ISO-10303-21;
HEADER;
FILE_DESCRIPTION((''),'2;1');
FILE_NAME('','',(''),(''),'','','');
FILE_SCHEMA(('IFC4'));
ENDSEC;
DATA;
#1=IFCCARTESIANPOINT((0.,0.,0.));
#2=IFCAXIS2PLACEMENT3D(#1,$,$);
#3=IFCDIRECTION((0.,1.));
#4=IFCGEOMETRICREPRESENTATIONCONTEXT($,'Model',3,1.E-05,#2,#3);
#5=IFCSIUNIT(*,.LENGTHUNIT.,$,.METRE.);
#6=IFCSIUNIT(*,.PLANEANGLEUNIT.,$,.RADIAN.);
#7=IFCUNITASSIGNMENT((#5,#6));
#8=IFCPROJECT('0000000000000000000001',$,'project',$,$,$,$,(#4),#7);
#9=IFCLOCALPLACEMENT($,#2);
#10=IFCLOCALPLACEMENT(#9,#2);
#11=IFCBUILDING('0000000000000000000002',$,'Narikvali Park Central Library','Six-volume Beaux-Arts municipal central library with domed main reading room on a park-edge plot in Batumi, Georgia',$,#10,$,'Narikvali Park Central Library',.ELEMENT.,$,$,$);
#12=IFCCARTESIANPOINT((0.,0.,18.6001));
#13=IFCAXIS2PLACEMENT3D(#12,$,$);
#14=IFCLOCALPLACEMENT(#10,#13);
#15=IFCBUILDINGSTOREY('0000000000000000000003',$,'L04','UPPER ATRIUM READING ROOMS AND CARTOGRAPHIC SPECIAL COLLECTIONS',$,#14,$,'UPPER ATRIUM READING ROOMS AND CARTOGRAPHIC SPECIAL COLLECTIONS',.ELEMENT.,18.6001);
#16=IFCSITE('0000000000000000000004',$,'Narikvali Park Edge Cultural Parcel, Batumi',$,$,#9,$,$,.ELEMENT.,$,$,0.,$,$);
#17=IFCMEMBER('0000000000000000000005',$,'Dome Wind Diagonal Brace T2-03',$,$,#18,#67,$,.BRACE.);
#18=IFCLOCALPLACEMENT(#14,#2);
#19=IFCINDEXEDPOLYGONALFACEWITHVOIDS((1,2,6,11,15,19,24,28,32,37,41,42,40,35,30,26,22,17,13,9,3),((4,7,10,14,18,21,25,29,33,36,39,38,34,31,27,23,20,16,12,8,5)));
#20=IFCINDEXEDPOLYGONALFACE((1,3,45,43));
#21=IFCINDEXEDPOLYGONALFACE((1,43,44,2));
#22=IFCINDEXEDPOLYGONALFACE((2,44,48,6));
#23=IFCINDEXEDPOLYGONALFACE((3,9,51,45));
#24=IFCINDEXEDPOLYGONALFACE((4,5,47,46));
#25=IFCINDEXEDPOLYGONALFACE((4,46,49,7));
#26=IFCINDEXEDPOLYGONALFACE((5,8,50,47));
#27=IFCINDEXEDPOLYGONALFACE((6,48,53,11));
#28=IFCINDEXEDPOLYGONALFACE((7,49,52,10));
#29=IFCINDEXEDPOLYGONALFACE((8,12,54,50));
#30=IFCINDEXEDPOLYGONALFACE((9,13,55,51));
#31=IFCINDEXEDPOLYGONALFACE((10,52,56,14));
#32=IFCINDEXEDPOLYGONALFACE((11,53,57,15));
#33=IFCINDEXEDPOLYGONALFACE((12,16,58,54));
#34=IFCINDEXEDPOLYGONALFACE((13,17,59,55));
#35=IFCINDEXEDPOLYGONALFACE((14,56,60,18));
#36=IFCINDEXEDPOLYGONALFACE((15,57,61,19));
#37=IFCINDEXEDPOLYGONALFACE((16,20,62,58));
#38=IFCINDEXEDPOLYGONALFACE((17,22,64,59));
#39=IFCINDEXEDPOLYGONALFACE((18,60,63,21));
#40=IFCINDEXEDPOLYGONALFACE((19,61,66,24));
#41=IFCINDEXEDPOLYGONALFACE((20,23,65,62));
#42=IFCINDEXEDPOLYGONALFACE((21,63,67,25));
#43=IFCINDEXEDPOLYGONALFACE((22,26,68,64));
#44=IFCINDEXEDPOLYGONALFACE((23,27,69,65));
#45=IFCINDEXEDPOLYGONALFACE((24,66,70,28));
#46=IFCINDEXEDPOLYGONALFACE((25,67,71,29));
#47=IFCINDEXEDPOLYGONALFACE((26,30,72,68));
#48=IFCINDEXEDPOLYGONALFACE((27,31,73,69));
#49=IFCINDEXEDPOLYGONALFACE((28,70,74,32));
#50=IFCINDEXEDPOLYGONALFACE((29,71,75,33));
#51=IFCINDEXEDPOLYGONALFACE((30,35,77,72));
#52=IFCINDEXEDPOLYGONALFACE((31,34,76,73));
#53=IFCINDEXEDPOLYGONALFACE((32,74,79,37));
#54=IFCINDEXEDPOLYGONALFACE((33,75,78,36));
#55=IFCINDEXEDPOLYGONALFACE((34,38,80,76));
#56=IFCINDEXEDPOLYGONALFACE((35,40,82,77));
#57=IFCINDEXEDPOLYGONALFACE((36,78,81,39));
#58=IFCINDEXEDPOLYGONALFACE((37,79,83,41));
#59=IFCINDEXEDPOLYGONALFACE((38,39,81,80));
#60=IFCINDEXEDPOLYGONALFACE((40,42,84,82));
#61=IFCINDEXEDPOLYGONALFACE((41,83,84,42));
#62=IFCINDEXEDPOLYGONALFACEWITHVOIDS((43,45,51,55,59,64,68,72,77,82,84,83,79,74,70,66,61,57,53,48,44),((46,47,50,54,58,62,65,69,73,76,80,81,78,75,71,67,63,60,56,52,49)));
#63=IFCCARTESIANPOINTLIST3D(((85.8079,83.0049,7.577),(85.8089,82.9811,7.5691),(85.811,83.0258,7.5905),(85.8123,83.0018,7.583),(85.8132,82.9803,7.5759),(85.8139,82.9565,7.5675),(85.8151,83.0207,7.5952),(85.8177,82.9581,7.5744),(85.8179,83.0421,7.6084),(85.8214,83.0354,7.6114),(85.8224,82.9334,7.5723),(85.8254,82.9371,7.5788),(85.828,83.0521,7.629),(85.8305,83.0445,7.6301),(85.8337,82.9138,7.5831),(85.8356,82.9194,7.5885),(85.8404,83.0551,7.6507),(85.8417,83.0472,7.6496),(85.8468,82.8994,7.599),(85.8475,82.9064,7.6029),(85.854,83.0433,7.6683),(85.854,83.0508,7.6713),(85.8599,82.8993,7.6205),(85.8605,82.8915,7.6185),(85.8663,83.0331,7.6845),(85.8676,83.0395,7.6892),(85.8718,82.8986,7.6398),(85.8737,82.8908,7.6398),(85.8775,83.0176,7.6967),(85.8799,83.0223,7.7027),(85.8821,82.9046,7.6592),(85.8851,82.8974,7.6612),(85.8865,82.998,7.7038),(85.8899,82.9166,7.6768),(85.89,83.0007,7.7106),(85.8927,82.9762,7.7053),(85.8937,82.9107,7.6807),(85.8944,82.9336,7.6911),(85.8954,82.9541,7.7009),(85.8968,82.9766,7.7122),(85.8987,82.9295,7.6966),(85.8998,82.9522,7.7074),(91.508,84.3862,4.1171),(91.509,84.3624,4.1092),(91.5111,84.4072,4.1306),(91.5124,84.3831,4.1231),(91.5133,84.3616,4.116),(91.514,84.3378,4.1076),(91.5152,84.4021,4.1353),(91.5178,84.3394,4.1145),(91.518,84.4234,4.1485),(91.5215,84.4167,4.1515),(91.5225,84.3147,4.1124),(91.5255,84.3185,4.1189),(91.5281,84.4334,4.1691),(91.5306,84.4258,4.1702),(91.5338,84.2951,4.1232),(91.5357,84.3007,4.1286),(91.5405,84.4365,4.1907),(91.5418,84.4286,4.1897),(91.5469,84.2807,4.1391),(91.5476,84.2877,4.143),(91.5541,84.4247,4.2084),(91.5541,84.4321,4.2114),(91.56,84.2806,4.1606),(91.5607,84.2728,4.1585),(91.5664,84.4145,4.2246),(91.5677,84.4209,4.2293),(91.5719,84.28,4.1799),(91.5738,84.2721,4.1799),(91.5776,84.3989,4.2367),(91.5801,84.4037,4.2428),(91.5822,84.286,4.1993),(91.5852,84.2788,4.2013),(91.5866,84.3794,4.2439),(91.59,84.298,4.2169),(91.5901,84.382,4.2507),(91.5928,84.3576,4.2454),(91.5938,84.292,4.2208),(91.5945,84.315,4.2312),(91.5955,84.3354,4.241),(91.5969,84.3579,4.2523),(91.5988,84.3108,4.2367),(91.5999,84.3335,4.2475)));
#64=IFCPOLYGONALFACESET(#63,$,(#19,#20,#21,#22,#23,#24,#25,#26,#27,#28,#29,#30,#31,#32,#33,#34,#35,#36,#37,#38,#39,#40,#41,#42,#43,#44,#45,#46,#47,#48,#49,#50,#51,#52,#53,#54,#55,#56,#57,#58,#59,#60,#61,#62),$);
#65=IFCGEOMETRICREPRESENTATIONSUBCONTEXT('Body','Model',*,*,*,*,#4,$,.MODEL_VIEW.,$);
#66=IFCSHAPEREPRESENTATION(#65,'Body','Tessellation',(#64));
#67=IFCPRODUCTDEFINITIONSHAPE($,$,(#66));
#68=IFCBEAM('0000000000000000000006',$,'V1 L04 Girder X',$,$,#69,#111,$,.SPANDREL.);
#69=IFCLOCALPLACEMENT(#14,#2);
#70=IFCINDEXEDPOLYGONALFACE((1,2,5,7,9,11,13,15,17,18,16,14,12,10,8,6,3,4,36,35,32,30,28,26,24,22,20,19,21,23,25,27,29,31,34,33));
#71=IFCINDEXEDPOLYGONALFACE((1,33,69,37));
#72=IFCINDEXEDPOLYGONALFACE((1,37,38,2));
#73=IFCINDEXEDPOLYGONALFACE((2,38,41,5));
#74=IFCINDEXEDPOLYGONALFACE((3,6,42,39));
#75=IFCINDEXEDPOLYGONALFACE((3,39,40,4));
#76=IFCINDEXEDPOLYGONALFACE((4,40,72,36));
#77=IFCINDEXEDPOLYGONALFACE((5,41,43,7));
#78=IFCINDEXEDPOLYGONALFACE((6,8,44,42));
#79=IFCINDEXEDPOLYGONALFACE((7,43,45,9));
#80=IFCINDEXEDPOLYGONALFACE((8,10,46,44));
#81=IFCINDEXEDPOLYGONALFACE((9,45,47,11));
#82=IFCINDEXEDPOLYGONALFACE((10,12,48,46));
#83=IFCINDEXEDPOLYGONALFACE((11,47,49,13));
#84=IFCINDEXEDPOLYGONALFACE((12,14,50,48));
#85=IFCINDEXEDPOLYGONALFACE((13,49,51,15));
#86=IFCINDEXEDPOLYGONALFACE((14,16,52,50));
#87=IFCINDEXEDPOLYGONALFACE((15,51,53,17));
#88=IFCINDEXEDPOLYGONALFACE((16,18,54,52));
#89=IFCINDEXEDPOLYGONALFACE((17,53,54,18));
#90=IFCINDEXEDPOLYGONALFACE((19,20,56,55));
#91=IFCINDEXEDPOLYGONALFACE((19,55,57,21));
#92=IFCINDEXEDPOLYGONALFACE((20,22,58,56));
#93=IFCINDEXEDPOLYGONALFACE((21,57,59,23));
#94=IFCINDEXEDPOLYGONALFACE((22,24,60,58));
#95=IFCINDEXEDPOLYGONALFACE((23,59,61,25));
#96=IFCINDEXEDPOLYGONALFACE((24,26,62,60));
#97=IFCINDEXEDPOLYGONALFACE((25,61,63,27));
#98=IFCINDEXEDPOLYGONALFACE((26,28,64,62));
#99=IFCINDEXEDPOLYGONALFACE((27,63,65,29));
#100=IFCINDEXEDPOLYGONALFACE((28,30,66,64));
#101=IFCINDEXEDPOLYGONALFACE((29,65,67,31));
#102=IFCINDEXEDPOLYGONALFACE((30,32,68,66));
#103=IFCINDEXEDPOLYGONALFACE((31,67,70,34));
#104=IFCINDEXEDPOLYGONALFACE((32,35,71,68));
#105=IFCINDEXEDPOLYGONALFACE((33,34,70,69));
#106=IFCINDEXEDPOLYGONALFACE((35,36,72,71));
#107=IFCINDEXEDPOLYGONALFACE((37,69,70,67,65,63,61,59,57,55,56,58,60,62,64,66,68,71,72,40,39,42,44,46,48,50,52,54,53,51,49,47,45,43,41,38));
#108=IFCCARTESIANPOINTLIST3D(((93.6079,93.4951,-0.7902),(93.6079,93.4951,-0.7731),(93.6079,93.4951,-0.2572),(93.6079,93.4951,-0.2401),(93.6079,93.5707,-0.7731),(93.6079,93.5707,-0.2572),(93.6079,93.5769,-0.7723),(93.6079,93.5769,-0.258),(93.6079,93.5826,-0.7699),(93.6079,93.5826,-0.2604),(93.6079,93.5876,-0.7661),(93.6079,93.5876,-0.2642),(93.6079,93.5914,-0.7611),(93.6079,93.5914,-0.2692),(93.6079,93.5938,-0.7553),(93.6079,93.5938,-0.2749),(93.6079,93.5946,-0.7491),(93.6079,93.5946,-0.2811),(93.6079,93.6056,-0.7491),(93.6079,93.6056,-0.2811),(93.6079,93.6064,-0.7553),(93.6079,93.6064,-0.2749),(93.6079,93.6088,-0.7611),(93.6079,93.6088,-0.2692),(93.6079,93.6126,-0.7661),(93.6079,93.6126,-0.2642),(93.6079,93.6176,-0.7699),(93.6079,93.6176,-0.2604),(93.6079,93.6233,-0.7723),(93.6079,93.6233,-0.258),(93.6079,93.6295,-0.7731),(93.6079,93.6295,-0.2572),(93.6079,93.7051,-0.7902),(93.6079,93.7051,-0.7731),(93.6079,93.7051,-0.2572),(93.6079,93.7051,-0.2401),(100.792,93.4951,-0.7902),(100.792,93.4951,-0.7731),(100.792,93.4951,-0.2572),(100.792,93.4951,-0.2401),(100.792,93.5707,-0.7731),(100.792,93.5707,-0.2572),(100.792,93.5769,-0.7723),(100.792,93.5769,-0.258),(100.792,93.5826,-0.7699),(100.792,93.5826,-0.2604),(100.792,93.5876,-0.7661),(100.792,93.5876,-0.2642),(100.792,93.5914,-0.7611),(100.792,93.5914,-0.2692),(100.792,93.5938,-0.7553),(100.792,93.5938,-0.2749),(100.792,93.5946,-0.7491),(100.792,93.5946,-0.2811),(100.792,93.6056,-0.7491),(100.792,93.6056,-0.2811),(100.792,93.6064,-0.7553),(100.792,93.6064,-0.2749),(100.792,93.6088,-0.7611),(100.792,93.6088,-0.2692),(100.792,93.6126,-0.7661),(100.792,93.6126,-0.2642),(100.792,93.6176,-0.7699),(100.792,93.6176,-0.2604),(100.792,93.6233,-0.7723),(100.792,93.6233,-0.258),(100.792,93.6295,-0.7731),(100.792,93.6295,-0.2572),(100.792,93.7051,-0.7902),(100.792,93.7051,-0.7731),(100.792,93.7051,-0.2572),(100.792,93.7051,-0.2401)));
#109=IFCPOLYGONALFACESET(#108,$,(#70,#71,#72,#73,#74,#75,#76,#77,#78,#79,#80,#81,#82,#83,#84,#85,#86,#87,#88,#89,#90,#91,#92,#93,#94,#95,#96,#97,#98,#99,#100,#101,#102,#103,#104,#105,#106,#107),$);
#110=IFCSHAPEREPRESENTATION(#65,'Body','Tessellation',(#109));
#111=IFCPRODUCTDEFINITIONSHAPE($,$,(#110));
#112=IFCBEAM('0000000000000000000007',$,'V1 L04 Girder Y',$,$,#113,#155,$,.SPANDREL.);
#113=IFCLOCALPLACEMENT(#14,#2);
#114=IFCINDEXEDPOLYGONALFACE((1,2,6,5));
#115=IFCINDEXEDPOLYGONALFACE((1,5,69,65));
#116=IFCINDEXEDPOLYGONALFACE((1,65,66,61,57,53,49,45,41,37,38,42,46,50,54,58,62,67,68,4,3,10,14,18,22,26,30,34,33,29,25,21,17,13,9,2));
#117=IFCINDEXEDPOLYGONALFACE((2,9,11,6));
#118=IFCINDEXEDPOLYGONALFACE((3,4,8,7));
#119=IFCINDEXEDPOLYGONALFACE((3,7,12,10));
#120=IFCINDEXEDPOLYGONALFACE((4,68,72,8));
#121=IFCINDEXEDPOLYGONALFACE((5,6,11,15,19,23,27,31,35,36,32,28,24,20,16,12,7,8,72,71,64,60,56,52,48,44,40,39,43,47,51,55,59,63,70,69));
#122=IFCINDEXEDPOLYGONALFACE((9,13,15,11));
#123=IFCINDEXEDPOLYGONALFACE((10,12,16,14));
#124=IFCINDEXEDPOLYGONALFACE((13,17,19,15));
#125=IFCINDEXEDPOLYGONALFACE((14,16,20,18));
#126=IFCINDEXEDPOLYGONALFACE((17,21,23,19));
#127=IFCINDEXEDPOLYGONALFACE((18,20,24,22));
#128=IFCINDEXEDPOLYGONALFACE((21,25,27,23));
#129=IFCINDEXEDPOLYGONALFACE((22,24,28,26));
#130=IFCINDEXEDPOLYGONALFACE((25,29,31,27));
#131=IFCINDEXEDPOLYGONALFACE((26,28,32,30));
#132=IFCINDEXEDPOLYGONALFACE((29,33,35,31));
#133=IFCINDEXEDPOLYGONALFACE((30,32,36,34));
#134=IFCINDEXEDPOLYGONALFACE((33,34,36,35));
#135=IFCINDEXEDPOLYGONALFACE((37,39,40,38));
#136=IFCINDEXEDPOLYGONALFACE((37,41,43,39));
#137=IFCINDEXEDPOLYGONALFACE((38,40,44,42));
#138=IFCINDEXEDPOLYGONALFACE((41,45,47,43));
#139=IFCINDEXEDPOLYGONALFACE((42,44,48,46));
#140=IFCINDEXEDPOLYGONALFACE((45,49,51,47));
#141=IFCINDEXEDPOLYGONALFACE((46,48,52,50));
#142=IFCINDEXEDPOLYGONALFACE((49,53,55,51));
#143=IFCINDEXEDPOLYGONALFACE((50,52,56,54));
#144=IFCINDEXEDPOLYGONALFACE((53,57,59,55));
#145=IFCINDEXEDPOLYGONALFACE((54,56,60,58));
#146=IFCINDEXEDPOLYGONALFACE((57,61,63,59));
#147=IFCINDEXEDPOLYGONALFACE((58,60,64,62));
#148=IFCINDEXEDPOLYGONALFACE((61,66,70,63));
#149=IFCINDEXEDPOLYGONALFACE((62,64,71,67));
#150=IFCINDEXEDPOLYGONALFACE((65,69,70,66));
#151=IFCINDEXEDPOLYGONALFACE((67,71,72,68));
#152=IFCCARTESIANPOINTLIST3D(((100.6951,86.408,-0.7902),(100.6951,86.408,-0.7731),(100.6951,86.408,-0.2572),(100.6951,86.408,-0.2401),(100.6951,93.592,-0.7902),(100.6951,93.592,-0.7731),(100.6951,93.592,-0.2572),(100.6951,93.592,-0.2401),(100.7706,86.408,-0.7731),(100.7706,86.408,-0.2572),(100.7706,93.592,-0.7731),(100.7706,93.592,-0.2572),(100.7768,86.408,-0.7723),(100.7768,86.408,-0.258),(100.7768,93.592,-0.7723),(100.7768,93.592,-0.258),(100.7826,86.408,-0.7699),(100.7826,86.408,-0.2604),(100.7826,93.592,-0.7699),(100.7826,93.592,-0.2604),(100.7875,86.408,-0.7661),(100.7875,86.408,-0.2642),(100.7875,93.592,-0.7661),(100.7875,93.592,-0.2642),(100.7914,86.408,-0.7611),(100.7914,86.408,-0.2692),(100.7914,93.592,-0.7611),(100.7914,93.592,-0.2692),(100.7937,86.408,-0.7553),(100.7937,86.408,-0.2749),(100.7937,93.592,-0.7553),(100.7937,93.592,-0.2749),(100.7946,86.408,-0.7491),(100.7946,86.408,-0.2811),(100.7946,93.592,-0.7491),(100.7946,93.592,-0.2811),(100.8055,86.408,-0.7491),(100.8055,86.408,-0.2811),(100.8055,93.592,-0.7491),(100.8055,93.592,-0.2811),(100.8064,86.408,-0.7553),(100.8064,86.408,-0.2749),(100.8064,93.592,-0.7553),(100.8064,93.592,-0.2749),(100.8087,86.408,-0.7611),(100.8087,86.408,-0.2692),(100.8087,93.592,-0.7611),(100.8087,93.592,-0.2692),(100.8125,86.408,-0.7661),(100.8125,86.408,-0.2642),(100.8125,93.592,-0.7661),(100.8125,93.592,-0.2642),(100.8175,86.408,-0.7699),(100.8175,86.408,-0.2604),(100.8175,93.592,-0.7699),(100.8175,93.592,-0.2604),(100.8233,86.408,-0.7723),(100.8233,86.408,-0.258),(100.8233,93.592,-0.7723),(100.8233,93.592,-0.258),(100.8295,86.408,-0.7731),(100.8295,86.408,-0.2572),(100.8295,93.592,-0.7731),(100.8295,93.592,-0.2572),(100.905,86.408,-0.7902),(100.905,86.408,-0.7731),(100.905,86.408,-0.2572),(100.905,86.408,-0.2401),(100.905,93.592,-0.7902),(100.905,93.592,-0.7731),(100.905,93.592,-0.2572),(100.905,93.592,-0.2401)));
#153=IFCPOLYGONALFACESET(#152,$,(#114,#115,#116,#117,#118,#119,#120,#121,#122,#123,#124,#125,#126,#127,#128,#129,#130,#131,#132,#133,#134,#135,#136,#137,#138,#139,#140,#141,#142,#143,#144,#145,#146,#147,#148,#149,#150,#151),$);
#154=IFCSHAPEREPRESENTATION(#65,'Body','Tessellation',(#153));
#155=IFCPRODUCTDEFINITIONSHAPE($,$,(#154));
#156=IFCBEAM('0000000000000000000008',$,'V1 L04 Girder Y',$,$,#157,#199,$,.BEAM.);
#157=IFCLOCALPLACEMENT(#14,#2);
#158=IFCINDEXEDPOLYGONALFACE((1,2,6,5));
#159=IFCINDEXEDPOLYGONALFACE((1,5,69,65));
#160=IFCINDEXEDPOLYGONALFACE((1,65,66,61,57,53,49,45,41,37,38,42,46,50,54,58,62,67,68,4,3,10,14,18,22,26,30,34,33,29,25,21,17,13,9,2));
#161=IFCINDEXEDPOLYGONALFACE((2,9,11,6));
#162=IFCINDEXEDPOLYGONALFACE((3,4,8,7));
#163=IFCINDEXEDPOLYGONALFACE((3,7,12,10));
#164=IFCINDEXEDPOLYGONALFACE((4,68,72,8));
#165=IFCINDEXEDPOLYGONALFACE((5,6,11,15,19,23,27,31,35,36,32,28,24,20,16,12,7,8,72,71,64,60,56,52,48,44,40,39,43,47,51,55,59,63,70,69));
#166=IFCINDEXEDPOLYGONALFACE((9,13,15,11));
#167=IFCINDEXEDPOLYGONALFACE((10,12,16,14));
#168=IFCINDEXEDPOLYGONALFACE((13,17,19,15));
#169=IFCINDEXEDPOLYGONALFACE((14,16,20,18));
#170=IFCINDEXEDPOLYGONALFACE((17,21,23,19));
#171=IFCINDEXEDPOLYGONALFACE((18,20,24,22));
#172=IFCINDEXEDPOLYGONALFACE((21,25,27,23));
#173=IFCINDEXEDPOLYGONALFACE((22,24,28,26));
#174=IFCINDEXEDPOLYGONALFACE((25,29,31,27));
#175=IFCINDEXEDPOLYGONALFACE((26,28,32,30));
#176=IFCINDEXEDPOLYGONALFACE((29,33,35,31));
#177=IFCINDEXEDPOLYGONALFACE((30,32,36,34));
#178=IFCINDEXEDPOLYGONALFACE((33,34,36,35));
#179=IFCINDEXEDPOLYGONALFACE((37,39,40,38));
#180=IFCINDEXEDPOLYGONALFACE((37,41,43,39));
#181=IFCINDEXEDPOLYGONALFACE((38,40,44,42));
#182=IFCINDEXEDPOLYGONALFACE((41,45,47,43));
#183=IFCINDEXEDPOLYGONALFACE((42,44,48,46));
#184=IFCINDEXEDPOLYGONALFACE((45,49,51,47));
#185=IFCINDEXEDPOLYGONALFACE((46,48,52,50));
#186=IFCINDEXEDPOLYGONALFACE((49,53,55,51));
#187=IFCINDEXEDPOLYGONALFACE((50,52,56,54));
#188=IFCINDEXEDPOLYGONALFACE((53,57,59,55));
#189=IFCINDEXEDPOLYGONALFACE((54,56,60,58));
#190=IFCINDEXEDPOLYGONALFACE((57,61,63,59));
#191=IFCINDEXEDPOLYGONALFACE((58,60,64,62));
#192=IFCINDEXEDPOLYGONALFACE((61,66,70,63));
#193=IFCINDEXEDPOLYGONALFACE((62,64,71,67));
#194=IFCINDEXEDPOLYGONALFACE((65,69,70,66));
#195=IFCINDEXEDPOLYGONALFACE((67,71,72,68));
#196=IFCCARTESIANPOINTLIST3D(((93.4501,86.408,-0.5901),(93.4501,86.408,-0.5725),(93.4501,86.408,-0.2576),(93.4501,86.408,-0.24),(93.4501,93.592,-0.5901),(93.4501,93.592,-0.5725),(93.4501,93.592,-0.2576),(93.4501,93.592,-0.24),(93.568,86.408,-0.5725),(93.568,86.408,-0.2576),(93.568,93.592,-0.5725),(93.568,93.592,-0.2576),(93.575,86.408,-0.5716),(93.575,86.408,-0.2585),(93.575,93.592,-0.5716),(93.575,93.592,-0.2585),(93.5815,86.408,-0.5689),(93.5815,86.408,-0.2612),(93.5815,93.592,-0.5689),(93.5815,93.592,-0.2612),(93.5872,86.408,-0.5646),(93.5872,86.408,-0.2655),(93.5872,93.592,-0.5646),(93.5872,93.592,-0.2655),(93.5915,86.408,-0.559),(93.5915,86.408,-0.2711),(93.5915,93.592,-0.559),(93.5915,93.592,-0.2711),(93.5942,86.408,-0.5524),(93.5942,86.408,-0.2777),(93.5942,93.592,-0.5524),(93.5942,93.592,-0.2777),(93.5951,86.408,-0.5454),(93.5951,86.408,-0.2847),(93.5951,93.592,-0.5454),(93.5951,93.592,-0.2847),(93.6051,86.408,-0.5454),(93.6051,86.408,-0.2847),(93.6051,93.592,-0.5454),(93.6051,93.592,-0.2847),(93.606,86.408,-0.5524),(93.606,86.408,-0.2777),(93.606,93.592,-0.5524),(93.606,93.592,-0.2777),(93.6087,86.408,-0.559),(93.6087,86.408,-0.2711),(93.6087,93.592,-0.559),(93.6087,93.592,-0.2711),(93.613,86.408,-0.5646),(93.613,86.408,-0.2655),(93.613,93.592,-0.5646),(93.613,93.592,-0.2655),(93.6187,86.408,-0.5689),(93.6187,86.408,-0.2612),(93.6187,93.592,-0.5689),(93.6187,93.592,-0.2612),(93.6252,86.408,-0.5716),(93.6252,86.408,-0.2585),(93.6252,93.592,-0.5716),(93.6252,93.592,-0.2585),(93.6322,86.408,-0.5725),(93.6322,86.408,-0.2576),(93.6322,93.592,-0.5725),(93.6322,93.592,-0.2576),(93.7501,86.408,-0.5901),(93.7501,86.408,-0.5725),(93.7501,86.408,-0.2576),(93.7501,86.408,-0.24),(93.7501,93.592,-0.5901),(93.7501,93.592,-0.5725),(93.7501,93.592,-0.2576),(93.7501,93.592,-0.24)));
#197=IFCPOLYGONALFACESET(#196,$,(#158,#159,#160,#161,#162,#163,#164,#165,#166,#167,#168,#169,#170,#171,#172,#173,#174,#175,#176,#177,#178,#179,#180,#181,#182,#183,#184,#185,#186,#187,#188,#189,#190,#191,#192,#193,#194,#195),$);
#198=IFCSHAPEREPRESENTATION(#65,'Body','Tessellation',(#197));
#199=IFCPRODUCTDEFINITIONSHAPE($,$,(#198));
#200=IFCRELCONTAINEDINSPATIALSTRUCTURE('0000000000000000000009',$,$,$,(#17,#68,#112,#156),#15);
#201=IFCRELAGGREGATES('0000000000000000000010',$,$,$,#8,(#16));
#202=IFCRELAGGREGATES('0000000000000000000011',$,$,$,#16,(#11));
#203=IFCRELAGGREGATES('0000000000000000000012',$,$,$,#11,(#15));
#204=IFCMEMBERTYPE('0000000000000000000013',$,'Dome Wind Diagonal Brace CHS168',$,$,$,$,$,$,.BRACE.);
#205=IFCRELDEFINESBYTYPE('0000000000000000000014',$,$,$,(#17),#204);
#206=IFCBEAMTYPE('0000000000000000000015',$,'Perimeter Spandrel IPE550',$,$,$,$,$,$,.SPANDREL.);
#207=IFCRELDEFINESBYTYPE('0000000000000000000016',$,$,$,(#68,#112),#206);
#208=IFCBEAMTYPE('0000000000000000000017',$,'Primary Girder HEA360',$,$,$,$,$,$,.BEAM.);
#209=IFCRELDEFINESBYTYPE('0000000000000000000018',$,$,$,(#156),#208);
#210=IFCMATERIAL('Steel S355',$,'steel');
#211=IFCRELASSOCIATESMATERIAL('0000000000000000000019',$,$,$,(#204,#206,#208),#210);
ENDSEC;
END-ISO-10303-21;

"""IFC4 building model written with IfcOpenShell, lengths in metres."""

from ifc_helpers import new_model, si_unit, direction, frame, origin, origin_2d, place, context, subcontext, project, spatial, hollow_circle, i_section, extrude, material, material_profile, profile_set, type_object, element, save


model = new_model("IFC4")

# Units and contexts
model_context = context("Model", 3, precision=1e-05, world=origin(), true_north=direction((0.0, 1.0)))
body_context = subcontext(model_context, "Body", "Model", "MODEL_VIEW")
ifc_project = project(units=[si_unit("LENGTHUNIT", "METRE"), si_unit("PLANEANGLEUNIT", "RADIAN")], contexts=[model_context])

# Site, building, storey
site_placement = place(None, origin())
site = spatial("IfcSite", under=ifc_project, at=site_placement, Name="Narikvali Park Edge Cultural Parcel, Batumi", CompositionType="ELEMENT", RefElevation=0.0)
building_placement = place(site_placement, origin())
building = spatial("IfcBuilding", under=site, at=building_placement, Name="Narikvali Park Central Library", Description="Six-volume Beaux-Arts municipal central library with domed main reading room on a park-edge plot in Batumi, Georgia", LongName="Narikvali Park Central Library", CompositionType="ELEMENT")
storey_placement = place(building_placement, frame((0.0, 0.0, 18.6001)))
storey = spatial("IfcBuildingStorey", under=building, at=storey_placement, Name="L04", Description="UPPER ATRIUM READING ROOMS AND CARTOGRAPHIC SPECIAL COLLECTIONS", LongName="UPPER ATRIUM READING ROOMS AND CARTOGRAPHIC SPECIAL COLLECTIONS", CompositionType="ELEMENT", Elevation=18.6001)

# Shared definitions
ifc_material_1 = material(Name="Steel S355", Category="steel")

# Member
ifc_material_profile_1 = material_profile(ifc_material_1, hollow_circle(Radius=0.0842, WallThickness=0.0081, at=origin_2d()), Name="CHS 168.3x8")
ifc_profile_set_1 = profile_set([ifc_material_profile_1], Name="Steel S355")
member_type_1 = type_object("IfcMemberType", Name="Dome Wind Diagonal Brace CHS168", PredefinedType="BRACE", material=ifc_profile_set_1)
member_1_placement = place(storey_placement, frame((91.554, 84.354, 4.1799), z_axis=(-0.837073, -0.202851, 0.508095), x_axis=(0.235517, -0.97187, 0.0)))
element("IfcMember", 1, at=member_1_placement, inside=storey, type_object=member_type_1, Name="Dome Wind Diagonal Brace T2-03", PredefinedType="BRACE", context=body_context, shape_type="SweptSolid", body=[
    extrude(hollow_circle(Radius=0.0842, WallThickness=0.0081, at=origin_2d()), origin(), (0.0, 0.0, 1.0), 6.8096),
])

# Beams
ifc_material_profile_2 = material_profile(ifc_material_1, i_section(OverallWidth=0.21, OverallDepth=0.55, WebThickness=0.011, FlangeThickness=0.0171, FilletRadius=0.0239, at=origin_2d()), Name="IPE 550")
ifc_profile_set_2 = profile_set([ifc_material_profile_2], Name="Steel S355")
beam_type_1 = type_object("IfcBeamType", Name="Perimeter Spandrel IPE550", PredefinedType="SPANDREL", material=ifc_profile_set_2)
for number, where, z_axis, x_axis, name in (
    (2, (93.6079, 93.6001, -0.5151), (1.0, 0.0, 0.0), (0.0, 1.0, 0.0), "V1 L04 Girder X"),
    (3, (100.8, 86.408, -0.5151), (0.0, 1.0, 0.0), (-1.0, 0.0, 0.0), "V1 L04 Girder Y"),
):
    element("IfcBeam", number, at=place(storey_placement, frame(where, z_axis=z_axis, x_axis=x_axis)), inside=storey, type_object=beam_type_1, Name=name, PredefinedType="SPANDREL", context=body_context, shape_type="SweptSolid", body=[
        extrude(i_section(OverallWidth=0.21, OverallDepth=0.55, WebThickness=0.011, FlangeThickness=0.0171, FilletRadius=0.0239, at=origin_2d()), origin(), (0.0, 0.0, 1.0), 7.1841),
    ])
ifc_material_profile_3 = material_profile(ifc_material_1, i_section(OverallWidth=0.3, OverallDepth=0.3501, WebThickness=0.01, FlangeThickness=0.0176, FilletRadius=0.0271, at=origin_2d()), Name="HEA 360")
ifc_profile_set_3 = profile_set([ifc_material_profile_3], Name="Steel S355")
beam_type_2 = type_object("IfcBeamType", Name="Primary Girder HEA360", PredefinedType="BEAM", material=ifc_profile_set_3)
beam_1_placement = place(storey_placement, frame((93.6001, 86.408, -0.415), z_axis=(0.0, 1.0, 0.0), x_axis=(-1.0, 0.0, 0.0)))
element("IfcBeam", 4, at=beam_1_placement, inside=storey, type_object=beam_type_2, Name="V1 L04 Girder Y", PredefinedType="BEAM", context=body_context, shape_type="SweptSolid", body=[
    extrude(i_section(OverallWidth=0.3, OverallDepth=0.3501, WebThickness=0.01, FlangeThickness=0.0176, FilletRadius=0.0271, at=origin_2d()), origin(), (0.0, 0.0, 1.0), 7.1841),
])

save(model, "model.ifc")
